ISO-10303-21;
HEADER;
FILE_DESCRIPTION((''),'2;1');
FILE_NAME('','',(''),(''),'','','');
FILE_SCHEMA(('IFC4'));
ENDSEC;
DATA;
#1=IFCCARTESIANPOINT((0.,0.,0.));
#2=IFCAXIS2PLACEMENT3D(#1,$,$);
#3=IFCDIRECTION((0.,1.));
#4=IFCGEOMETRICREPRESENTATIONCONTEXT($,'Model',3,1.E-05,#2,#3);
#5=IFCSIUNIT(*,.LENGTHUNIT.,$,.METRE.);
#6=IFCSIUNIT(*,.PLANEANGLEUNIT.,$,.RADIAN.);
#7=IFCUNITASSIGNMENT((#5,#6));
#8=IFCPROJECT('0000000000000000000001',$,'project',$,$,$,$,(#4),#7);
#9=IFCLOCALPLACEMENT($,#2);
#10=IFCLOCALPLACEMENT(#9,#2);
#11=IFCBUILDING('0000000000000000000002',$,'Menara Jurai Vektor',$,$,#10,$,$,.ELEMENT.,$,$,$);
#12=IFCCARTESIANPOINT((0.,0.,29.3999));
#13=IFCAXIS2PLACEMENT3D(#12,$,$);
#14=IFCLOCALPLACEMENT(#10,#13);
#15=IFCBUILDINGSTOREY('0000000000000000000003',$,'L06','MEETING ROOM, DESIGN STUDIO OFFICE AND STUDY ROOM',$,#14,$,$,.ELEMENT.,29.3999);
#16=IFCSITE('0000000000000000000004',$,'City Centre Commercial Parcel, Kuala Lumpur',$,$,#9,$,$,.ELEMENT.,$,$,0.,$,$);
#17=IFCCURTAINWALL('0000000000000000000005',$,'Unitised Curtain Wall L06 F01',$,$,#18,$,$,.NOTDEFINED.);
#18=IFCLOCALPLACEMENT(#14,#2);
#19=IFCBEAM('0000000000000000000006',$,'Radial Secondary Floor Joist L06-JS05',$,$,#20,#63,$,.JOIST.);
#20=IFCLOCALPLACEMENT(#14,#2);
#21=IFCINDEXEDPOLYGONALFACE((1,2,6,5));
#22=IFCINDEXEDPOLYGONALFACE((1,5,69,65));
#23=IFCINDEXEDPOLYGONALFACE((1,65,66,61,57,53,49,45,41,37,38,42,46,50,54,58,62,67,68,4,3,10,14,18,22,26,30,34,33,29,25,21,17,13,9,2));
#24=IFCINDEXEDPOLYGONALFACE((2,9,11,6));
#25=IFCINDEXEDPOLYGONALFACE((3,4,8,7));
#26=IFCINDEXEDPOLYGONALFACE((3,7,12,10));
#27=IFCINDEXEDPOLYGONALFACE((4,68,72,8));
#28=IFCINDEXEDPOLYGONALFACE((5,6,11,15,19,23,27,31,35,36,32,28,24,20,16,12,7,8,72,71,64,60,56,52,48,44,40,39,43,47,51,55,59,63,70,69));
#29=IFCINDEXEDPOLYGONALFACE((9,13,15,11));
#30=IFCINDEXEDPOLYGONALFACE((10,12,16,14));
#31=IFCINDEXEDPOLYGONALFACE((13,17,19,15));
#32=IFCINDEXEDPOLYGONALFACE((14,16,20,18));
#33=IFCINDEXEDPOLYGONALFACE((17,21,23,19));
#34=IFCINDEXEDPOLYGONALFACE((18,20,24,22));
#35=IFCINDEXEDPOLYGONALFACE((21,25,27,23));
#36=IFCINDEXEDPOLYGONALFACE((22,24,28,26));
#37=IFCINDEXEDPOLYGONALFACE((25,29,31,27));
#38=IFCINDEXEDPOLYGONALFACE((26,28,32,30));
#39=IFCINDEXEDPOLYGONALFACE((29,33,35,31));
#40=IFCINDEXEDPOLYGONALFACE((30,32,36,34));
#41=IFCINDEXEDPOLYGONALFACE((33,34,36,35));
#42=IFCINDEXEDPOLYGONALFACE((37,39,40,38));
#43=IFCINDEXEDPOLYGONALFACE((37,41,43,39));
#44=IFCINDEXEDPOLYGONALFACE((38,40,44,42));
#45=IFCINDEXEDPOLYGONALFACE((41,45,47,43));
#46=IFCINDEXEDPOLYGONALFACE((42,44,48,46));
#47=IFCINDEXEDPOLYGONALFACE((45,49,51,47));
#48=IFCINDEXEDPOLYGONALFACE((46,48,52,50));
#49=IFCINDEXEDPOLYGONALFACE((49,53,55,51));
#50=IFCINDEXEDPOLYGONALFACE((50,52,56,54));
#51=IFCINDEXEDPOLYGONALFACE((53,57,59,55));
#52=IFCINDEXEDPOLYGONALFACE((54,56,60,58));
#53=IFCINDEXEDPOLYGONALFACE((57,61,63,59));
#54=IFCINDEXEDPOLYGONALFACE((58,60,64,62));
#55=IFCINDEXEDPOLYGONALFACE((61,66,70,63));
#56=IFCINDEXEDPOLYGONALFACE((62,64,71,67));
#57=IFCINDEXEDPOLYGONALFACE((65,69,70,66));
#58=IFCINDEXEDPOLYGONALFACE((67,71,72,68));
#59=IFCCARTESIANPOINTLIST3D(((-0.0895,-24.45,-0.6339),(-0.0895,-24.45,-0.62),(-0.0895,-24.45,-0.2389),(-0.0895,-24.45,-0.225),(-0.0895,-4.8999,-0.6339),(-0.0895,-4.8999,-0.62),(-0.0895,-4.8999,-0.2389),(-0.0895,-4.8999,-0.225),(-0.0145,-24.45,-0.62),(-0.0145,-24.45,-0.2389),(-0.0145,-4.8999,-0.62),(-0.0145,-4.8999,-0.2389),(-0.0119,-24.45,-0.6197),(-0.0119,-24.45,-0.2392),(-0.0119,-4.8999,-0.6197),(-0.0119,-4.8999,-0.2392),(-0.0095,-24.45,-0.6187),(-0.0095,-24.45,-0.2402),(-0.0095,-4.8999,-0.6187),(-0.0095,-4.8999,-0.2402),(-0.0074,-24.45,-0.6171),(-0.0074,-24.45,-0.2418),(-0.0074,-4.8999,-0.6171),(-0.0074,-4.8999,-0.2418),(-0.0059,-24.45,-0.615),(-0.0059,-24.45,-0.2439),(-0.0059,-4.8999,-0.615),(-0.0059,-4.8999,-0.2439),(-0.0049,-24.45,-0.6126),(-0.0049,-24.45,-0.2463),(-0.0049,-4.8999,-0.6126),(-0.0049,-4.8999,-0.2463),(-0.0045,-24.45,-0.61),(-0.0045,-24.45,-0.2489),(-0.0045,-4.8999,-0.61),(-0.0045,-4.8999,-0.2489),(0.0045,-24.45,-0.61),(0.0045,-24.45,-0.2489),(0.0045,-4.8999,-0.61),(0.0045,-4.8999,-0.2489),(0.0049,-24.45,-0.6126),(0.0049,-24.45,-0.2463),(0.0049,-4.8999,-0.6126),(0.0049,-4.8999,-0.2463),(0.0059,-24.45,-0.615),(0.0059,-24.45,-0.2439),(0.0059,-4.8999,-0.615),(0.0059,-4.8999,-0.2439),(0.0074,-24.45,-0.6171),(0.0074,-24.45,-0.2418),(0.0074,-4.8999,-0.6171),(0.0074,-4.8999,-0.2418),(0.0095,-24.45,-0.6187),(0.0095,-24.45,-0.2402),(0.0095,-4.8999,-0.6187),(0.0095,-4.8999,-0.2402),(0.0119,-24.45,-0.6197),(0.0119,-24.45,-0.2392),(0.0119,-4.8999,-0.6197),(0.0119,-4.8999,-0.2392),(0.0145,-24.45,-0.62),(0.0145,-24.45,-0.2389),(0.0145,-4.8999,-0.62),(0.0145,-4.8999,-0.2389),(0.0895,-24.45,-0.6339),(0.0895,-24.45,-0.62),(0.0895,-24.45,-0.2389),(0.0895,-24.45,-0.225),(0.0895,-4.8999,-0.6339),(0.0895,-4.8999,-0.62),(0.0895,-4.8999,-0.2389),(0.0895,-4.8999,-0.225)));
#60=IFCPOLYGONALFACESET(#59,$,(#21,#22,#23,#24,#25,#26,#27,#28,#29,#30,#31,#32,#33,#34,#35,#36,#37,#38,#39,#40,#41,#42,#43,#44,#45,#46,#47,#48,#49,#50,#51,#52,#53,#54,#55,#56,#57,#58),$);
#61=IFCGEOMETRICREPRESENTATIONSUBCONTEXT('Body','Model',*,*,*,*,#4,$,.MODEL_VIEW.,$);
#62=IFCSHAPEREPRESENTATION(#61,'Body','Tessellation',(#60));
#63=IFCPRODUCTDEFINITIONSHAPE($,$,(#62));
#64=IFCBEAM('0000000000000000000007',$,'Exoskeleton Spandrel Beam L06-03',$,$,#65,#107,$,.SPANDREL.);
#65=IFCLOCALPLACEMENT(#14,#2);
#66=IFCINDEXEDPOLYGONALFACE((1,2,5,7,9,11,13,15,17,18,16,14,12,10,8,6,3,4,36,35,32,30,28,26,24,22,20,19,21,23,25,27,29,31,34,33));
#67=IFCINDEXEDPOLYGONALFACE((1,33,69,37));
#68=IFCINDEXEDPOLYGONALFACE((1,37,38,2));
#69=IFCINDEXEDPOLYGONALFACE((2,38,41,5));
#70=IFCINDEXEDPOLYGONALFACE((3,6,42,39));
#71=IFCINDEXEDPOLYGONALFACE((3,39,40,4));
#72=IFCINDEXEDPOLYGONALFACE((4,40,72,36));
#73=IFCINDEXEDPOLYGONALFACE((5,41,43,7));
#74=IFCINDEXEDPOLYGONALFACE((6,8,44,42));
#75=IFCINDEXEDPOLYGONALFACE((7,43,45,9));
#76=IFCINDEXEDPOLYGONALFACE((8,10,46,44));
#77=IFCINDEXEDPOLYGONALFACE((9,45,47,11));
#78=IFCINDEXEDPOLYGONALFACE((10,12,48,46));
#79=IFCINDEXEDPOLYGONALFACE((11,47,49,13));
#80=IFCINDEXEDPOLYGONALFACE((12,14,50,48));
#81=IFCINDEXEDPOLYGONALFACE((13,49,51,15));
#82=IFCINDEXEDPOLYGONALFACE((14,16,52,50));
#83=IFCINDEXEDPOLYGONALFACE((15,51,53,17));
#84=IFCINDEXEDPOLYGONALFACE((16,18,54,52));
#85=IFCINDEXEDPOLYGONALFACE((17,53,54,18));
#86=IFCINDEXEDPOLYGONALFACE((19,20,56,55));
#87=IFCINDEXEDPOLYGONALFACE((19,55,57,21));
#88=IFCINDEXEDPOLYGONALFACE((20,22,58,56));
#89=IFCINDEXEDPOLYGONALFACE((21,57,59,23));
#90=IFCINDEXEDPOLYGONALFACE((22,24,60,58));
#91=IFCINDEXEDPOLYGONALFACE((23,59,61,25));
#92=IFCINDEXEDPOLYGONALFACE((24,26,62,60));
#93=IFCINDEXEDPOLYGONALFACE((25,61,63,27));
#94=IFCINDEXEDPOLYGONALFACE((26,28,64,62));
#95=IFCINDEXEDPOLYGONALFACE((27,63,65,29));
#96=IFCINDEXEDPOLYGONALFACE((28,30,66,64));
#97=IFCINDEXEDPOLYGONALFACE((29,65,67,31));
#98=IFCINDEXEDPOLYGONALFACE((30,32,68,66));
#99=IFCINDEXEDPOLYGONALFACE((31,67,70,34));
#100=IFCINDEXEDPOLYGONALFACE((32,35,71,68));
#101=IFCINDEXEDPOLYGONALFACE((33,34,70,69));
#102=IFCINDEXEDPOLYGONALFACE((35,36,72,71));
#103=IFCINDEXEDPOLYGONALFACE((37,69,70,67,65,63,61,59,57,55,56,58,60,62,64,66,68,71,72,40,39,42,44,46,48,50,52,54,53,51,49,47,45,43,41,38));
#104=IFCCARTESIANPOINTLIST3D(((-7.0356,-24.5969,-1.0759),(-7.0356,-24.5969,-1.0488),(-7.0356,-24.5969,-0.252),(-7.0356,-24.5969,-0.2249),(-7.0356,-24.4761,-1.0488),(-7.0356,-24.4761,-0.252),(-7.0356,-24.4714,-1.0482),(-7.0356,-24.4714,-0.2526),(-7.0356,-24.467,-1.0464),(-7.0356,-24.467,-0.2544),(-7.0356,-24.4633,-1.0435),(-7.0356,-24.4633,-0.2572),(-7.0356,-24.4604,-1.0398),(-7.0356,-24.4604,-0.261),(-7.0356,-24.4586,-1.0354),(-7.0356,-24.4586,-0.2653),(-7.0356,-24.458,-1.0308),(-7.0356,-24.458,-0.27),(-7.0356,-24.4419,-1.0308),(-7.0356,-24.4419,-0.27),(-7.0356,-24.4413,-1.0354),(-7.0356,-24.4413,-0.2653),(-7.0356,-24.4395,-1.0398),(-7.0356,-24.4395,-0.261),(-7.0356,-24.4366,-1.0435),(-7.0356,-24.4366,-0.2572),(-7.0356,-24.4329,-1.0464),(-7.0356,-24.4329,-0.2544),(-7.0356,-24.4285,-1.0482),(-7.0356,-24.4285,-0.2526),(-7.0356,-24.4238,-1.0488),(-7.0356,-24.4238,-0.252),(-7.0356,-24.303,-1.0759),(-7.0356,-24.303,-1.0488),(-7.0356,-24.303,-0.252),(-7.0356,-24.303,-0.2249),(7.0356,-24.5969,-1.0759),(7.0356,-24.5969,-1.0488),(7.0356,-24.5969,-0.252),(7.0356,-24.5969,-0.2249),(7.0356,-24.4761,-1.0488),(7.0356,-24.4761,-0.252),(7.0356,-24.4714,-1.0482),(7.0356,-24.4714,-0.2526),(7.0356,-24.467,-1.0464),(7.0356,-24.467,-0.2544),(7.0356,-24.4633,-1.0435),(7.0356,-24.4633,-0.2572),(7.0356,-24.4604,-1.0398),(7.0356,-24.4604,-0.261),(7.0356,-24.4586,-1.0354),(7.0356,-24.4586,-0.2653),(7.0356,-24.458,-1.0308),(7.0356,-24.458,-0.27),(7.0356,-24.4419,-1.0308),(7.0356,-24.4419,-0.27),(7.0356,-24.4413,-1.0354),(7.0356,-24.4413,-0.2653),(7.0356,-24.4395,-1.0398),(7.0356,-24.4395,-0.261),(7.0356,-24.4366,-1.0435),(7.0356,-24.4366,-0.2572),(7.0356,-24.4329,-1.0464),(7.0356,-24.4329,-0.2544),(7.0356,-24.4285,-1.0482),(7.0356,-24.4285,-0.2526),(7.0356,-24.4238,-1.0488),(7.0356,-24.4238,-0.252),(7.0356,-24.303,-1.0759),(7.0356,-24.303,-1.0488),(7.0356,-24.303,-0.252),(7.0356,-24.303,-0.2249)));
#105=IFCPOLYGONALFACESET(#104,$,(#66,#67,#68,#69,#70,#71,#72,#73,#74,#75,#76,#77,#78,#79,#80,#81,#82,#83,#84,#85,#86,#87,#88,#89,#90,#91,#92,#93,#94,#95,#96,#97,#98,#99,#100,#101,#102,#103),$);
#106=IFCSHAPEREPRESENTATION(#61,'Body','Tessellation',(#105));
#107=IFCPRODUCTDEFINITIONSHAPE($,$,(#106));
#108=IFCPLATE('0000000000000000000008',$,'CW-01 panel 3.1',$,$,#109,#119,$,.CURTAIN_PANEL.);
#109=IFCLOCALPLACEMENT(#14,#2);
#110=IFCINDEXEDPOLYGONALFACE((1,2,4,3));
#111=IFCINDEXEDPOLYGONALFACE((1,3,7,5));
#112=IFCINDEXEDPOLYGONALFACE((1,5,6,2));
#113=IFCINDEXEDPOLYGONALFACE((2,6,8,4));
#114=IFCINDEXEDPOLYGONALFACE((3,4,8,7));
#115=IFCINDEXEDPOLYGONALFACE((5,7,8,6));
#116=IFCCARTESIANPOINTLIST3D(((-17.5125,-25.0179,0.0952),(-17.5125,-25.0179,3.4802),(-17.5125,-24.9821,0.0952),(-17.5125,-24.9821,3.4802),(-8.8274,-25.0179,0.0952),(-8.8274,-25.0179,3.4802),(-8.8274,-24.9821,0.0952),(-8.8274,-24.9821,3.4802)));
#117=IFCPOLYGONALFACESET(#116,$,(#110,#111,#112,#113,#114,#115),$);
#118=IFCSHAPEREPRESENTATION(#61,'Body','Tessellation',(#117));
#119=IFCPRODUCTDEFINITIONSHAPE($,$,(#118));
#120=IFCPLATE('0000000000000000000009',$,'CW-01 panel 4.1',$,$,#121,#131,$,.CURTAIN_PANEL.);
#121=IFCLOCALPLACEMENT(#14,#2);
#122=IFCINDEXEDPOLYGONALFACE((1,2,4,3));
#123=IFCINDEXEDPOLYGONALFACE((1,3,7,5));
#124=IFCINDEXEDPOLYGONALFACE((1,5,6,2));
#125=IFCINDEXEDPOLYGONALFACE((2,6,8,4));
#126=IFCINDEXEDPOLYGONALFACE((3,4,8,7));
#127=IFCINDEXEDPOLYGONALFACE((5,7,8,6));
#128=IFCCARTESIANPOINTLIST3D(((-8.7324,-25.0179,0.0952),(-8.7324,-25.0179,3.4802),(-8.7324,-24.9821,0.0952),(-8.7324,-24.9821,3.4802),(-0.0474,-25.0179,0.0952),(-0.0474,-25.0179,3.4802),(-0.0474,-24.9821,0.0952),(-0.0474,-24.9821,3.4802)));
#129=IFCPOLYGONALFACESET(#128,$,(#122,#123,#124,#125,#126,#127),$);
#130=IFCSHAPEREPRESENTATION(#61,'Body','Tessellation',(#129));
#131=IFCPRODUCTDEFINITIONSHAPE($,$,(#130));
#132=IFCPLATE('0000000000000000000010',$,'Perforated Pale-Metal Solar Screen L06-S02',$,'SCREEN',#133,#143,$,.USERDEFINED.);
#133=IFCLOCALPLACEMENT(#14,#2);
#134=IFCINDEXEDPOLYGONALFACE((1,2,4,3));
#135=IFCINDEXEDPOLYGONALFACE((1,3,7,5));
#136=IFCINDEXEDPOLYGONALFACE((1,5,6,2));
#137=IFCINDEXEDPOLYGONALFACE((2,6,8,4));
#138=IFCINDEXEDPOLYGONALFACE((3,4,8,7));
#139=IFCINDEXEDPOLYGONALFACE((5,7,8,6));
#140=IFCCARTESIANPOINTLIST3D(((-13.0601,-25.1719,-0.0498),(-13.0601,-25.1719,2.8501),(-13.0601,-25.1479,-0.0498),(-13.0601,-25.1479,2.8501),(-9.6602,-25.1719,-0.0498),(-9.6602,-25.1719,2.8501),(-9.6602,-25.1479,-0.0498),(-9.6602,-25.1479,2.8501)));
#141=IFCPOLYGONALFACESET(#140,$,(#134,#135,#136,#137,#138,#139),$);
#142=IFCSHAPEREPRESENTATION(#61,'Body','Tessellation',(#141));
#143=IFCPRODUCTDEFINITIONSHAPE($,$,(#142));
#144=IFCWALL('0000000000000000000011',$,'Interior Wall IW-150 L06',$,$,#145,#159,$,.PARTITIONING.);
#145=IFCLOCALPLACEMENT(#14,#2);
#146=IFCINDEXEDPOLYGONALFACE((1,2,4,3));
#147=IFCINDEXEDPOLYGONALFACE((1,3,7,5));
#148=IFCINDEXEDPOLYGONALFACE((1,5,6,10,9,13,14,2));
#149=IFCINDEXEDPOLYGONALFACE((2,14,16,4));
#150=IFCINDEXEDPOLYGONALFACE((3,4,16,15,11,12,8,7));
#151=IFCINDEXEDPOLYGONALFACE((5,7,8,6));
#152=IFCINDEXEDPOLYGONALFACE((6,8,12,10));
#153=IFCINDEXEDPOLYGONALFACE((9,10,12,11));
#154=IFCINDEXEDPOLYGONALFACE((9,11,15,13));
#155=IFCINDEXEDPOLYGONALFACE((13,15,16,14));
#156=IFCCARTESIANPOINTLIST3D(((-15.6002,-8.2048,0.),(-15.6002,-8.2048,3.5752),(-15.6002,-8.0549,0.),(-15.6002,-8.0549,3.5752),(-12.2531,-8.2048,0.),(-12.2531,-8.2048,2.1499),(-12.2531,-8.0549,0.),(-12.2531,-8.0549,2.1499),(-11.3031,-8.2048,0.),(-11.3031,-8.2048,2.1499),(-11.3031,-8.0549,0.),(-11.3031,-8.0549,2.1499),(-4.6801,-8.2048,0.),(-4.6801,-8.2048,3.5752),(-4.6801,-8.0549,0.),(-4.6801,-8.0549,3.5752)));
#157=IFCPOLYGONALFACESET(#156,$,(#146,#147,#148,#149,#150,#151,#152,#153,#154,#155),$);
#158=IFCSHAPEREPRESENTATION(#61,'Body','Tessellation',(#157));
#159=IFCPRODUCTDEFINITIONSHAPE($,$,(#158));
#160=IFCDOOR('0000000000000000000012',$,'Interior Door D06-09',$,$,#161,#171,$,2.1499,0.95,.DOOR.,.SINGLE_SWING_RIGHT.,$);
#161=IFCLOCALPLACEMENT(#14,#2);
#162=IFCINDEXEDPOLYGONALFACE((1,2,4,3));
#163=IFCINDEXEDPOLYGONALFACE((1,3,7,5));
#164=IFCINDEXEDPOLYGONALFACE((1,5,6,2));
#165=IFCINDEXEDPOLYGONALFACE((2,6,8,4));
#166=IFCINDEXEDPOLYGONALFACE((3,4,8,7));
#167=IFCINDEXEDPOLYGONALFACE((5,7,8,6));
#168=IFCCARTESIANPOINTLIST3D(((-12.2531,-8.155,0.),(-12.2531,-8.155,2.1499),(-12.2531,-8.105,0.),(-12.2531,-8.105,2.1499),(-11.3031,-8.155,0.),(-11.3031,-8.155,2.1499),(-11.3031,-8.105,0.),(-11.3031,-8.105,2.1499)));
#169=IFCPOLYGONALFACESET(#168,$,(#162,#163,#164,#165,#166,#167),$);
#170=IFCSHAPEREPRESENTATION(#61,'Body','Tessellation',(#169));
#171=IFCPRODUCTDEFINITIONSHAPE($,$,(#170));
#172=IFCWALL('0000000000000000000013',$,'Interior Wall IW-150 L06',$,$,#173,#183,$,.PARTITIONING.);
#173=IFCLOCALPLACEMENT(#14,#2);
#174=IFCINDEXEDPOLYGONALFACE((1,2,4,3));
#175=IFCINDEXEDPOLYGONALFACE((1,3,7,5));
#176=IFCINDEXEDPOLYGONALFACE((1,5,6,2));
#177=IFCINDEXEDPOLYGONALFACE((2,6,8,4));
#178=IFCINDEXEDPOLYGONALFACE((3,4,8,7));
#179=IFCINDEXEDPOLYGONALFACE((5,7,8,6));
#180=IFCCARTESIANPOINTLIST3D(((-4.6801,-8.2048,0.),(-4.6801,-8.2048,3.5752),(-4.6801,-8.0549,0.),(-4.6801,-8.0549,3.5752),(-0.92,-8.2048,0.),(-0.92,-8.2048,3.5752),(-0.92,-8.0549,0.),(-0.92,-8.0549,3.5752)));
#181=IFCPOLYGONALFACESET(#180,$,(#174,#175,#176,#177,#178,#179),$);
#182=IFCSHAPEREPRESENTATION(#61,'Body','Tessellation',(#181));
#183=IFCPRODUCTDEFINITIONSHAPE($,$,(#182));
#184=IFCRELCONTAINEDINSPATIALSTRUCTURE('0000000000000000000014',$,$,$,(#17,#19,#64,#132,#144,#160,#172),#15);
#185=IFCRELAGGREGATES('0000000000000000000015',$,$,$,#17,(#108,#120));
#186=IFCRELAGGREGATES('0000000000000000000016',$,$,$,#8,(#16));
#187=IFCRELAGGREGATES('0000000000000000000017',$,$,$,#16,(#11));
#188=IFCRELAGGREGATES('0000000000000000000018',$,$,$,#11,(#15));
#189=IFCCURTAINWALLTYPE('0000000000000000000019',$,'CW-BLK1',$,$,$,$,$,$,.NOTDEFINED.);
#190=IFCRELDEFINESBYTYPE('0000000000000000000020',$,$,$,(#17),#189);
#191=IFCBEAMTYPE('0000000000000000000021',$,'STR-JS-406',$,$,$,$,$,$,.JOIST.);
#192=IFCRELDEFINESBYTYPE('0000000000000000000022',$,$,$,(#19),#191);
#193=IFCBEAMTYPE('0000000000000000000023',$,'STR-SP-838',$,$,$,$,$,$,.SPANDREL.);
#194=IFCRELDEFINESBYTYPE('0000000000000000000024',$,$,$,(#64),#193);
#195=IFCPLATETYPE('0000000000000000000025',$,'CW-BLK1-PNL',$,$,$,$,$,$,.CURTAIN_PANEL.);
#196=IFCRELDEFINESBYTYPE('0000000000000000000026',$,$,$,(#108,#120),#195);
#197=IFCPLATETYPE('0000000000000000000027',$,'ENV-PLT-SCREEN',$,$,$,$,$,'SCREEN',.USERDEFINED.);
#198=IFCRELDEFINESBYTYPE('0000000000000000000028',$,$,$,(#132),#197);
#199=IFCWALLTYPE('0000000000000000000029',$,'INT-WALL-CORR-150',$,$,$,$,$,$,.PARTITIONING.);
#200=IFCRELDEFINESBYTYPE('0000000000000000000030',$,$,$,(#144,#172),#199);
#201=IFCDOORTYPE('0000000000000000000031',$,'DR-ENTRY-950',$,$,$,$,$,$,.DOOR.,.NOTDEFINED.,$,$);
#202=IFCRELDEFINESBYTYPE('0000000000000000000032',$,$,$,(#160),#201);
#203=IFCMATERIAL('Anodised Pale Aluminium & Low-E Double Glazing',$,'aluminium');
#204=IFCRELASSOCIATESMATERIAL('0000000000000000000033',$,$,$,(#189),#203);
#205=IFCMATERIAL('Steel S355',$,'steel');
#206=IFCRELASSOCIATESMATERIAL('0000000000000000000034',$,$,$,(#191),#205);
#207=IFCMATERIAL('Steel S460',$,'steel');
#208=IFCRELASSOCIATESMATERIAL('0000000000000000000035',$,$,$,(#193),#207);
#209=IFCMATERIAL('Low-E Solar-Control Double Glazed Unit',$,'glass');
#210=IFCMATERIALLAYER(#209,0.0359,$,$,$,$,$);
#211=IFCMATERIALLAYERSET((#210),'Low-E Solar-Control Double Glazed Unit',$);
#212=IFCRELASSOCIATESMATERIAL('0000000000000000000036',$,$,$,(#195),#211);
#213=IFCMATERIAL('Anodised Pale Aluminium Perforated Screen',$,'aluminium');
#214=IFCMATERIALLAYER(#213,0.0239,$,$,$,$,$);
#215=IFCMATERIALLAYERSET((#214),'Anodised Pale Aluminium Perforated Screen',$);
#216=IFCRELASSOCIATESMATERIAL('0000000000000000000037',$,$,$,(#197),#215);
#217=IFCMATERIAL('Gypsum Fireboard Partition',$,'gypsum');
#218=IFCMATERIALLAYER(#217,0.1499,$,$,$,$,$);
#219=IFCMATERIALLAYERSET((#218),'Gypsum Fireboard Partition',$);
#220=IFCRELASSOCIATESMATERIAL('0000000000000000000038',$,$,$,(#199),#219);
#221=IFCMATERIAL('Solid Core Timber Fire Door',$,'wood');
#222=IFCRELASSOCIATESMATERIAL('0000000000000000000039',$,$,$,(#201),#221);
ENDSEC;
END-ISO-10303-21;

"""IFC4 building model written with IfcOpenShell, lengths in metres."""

from ifc_helpers import new_model, si_unit, direction, frame, frame_2d, origin, origin_2d, place, context, subcontext, project, spatial, rectangle, i_section, extrude, material, layer, layer_set, material_profile, profile_set, type_object, element, fill, aggregate, save


model = new_model("IFC4")

# Units and contexts
model_context = context("Model", 3, precision=1e-05, world=origin(), true_north=direction((0.0, 1.0)))
body_context = subcontext(model_context, "Body", "Model", "MODEL_VIEW")
ifc_project = project(units=[si_unit("LENGTHUNIT", "METRE"), si_unit("PLANEANGLEUNIT", "RADIAN")], contexts=[model_context])

# Site, building, storey
site_placement = place(None, origin())
site = spatial("IfcSite", under=ifc_project, at=site_placement, Name="City Centre Commercial Parcel, Kuala Lumpur", CompositionType="ELEMENT", RefElevation=0.0)
building_placement = place(site_placement, origin())
building = spatial("IfcBuilding", under=site, at=building_placement, Name="Menara Jurai Vektor", CompositionType="ELEMENT")
storey_placement = place(building_placement, frame((0.0, 0.0, 29.3999)))
storey = spatial("IfcBuildingStorey", under=building, at=storey_placement, Name="L06", Description="MEETING ROOM, DESIGN STUDIO OFFICE AND STUDY ROOM", CompositionType="ELEMENT", Elevation=29.3999)

# Shared definitions
ifc_material_1 = material(Name="Steel S460", Category="steel")

# Curtain wall
ifc_material_2 = material(Name="Anodised Pale Aluminium & Low-E Double Glazing", Category="aluminium")
curtain_wall_type = type_object("IfcCurtainWallType", Name="CW-BLK1", PredefinedType="NOTDEFINED", material=ifc_material_2)
curtain_wall_placement = place(storey_placement, origin())
curtain_wall = element("IfcCurtainWall", 1, at=curtain_wall_placement, inside=storey, type_object=curtain_wall_type, Name="Unitised Curtain Wall L06 F01", PredefinedType="NOTDEFINED")

# Beams
ifc_material_3 = material(Name="Steel S355", Category="steel")
ifc_material_profile_1 = material_profile(ifc_material_3, i_section(OverallWidth=0.179, OverallDepth=0.4089, WebThickness=0.009, FlangeThickness=0.0139, FilletRadius=0.01, at=origin_2d()), Name="UKB 406x178x67")
ifc_profile_set_1 = profile_set([ifc_material_profile_1], Name="Steel S355")
beam_type_1 = type_object("IfcBeamType", Name="STR-JS-406", PredefinedType="JOIST", material=ifc_profile_set_1)
beam_1_placement = place(storey_placement, frame((0.0, -24.45, -0.4294), z_axis=(0.0, 1.0, 0.0), x_axis=(-1.0, 0.0, 0.0)))
element("IfcBeam", 2, at=beam_1_placement, inside=storey, type_object=beam_type_1, Name="Radial Secondary Floor Joist L06-JS05", PredefinedType="JOIST", context=body_context, shape_type="SweptSolid", body=[
    extrude(i_section(OverallWidth=0.179, OverallDepth=0.4089, WebThickness=0.009, FlangeThickness=0.0139, FilletRadius=0.01, at=origin_2d()), origin(), (0.0, 0.0, 1.0), 19.55),
])
ifc_material_profile_2 = material_profile(ifc_material_1, i_section(OverallWidth=0.2939, OverallDepth=0.8511, WebThickness=0.0161, FlangeThickness=0.0271, FilletRadius=0.0181, at=origin_2d()), Name="UKB 838x292x226")
ifc_profile_set_2 = profile_set([ifc_material_profile_2], Name="Steel S460")
beam_type_2 = type_object("IfcBeamType", Name="STR-SP-838", PredefinedType="SPANDREL", material=ifc_profile_set_2)
beam_2_placement = place(storey_placement, frame((-7.0356, -24.45, -0.6504), z_axis=(1.0, 0.0, 0.0), x_axis=(0.0, 1.0, 0.0)))
element("IfcBeam", 3, at=beam_2_placement, inside=storey, type_object=beam_type_2, Name="Exoskeleton Spandrel Beam L06-03", PredefinedType="SPANDREL", context=body_context, shape_type="SweptSolid", body=[
    extrude(i_section(OverallWidth=0.2939, OverallDepth=0.8511, WebThickness=0.0161, FlangeThickness=0.0271, FilletRadius=0.0181, at=origin_2d()), origin(), (0.0, 0.0, 1.0), 14.0713),
])

# Plates
ifc_material_4 = material(Name="Low-E Solar-Control Double Glazed Unit", Category="glass")
ifc_layer_1 = layer(ifc_material_4, 0.0359)
ifc_layer_set_1 = layer_set([ifc_layer_1], Name="Low-E Solar-Control Double Glazed Unit")
plate_type_1 = type_object("IfcPlateType", Name="CW-BLK1-PNL", PredefinedType="CURTAIN_PANEL", material=ifc_layer_set_1)
plate_1_placement = place(storey_placement, frame((-13.1699, -25.0, 0.0952), z_axis=(0.0, 0.0, 1.0), x_axis=(1.0, 0.0, 0.0)))
plate_1 = element("IfcPlate", 4, at=plate_1_placement, type_object=plate_type_1, Name="CW-01 panel 3.1", PredefinedType="CURTAIN_PANEL", context=body_context, shape_type="SweptSolid", body=[
    extrude(rectangle(XDim=8.6851, YDim=0.0359, at=origin_2d()), origin(), (0.0, 0.0, 1.0), 3.385),
])
plate_2_placement = place(storey_placement, frame((-4.3899, -25.0, 0.0952), z_axis=(0.0, 0.0, 1.0), x_axis=(1.0, 0.0, 0.0)))
plate_2 = element("IfcPlate", 5, at=plate_2_placement, type_object=plate_type_1, Name="CW-01 panel 4.1", PredefinedType="CURTAIN_PANEL", context=body_context, shape_type="SweptSolid", body=[
    extrude(rectangle(XDim=8.6851, YDim=0.0359, at=origin_2d()), origin(), (0.0, 0.0, 1.0), 3.385),
])
aggregate(curtain_wall, [plate_1, plate_2])
ifc_material_5 = material(Name="Anodised Pale Aluminium Perforated Screen", Category="aluminium")
ifc_layer_2 = layer(ifc_material_5, 0.0239)
ifc_layer_set_2 = layer_set([ifc_layer_2], Name="Anodised Pale Aluminium Perforated Screen")
plate_type_2 = type_object("IfcPlateType", Name="ENV-PLT-SCREEN", ElementType="SCREEN", PredefinedType="USERDEFINED", material=ifc_layer_set_2)
plate_3_placement = place(storey_placement, frame((-11.3601, -25.1599, -0.0498), z_axis=(0.0, 0.0, 1.0), x_axis=(1.0, 0.0, 0.0)))
element("IfcPlate", 6, at=plate_3_placement, inside=storey, type_object=plate_type_2, Name="Perforated Pale-Metal Solar Screen L06-S02", ObjectType="SCREEN", PredefinedType="USERDEFINED", context=body_context, shape_type="SweptSolid", body=[
    extrude(rectangle(XDim=3.3999, YDim=0.0239, at=origin_2d()), origin(), (0.0, 0.0, 1.0), 2.8999),
])

# Wall, opening, door
ifc_material_6 = material(Name="Gypsum Fireboard Partition", Category="gypsum")
ifc_layer_3 = layer(ifc_material_6, 0.1499)
ifc_layer_set_3 = layer_set([ifc_layer_3], Name="Gypsum Fireboard Partition")
wall_type_1 = type_object("IfcWallType", Name="INT-WALL-CORR-150", PredefinedType="PARTITIONING", material=ifc_layer_set_3)
ifc_material_7 = material(Name="Solid Core Timber Fire Door", Category="wood")
door_type = type_object("IfcDoorType", Name="DR-ENTRY-950", OperationType="NOTDEFINED", PredefinedType="DOOR", material=ifc_material_7)
wall_1_placement = place(storey_placement, frame((-15.6001, -8.1299, 0.0), z_axis=(0.0, 0.0, 1.0), x_axis=(1.0, 0.0, 0.0)))
wall_1 = element("IfcWall", 7, at=wall_1_placement, inside=storey, type_object=wall_type_1, Name="Interior Wall IW-150 L06", PredefinedType="PARTITIONING", context=body_context, shape_type="SweptSolid", body=[
    extrude(rectangle(XDim=10.9202, YDim=0.1499, at=frame_2d((5.46, 0.0))), origin(), (0.0, 0.0, 1.0), 3.5752),
])
opening_1_placement = place(wall_1_placement, frame((3.3469, 0.0, 0.0)))
opening_1 = element("IfcOpeningElement", 8, at=opening_1_placement, cuts=wall_1, PredefinedType="OPENING", context=body_context, shape_type="SweptSolid", body=[
    extrude(rectangle(XDim=0.95, YDim=2.1499, at=frame_2d((0.4751, 1.075))), frame((0.0, 0.085, 0.0), z_axis=(0.0, -1.0, 0.0), x_axis=(1.0, 0.0, 0.0)), (0.0, 0.0, 1.0), 0.1699),
])
door_1_placement = place(opening_1_placement, origin())
door_1 = element("IfcDoor", 9, at=door_1_placement, inside=storey, type_object=door_type, Name="Interior Door D06-09", OperationType="SINGLE_SWING_RIGHT", OverallHeight=2.1499, OverallWidth=0.95, PredefinedType="DOOR", context=body_context, shape_type="SweptSolid", body=[
    extrude(rectangle(XDim=0.95, YDim=2.1499, at=frame_2d((0.4751, 1.075))), frame((0.0, 0.0249, 0.0), z_axis=(0.0, -1.0, 0.0), x_axis=(1.0, 0.0, 0.0)), (0.0, 0.0, 1.0), 0.05),
])
fill(opening_1, door_1)

# Wall
wall_2_placement = place(storey_placement, frame((-4.6799, -8.1299, 0.0), z_axis=(0.0, 0.0, 1.0), x_axis=(1.0, 0.0, 0.0)))
element("IfcWall", 10, at=wall_2_placement, inside=storey, type_object=wall_type_1, Name="Interior Wall IW-150 L06", PredefinedType="PARTITIONING", context=body_context, shape_type="SweptSolid", body=[
    extrude(rectangle(XDim=3.76, YDim=0.1499, at=frame_2d((1.8799, 0.0))), origin(), (0.0, 0.0, 1.0), 3.5752),
])

save(model, "model.ifc")
